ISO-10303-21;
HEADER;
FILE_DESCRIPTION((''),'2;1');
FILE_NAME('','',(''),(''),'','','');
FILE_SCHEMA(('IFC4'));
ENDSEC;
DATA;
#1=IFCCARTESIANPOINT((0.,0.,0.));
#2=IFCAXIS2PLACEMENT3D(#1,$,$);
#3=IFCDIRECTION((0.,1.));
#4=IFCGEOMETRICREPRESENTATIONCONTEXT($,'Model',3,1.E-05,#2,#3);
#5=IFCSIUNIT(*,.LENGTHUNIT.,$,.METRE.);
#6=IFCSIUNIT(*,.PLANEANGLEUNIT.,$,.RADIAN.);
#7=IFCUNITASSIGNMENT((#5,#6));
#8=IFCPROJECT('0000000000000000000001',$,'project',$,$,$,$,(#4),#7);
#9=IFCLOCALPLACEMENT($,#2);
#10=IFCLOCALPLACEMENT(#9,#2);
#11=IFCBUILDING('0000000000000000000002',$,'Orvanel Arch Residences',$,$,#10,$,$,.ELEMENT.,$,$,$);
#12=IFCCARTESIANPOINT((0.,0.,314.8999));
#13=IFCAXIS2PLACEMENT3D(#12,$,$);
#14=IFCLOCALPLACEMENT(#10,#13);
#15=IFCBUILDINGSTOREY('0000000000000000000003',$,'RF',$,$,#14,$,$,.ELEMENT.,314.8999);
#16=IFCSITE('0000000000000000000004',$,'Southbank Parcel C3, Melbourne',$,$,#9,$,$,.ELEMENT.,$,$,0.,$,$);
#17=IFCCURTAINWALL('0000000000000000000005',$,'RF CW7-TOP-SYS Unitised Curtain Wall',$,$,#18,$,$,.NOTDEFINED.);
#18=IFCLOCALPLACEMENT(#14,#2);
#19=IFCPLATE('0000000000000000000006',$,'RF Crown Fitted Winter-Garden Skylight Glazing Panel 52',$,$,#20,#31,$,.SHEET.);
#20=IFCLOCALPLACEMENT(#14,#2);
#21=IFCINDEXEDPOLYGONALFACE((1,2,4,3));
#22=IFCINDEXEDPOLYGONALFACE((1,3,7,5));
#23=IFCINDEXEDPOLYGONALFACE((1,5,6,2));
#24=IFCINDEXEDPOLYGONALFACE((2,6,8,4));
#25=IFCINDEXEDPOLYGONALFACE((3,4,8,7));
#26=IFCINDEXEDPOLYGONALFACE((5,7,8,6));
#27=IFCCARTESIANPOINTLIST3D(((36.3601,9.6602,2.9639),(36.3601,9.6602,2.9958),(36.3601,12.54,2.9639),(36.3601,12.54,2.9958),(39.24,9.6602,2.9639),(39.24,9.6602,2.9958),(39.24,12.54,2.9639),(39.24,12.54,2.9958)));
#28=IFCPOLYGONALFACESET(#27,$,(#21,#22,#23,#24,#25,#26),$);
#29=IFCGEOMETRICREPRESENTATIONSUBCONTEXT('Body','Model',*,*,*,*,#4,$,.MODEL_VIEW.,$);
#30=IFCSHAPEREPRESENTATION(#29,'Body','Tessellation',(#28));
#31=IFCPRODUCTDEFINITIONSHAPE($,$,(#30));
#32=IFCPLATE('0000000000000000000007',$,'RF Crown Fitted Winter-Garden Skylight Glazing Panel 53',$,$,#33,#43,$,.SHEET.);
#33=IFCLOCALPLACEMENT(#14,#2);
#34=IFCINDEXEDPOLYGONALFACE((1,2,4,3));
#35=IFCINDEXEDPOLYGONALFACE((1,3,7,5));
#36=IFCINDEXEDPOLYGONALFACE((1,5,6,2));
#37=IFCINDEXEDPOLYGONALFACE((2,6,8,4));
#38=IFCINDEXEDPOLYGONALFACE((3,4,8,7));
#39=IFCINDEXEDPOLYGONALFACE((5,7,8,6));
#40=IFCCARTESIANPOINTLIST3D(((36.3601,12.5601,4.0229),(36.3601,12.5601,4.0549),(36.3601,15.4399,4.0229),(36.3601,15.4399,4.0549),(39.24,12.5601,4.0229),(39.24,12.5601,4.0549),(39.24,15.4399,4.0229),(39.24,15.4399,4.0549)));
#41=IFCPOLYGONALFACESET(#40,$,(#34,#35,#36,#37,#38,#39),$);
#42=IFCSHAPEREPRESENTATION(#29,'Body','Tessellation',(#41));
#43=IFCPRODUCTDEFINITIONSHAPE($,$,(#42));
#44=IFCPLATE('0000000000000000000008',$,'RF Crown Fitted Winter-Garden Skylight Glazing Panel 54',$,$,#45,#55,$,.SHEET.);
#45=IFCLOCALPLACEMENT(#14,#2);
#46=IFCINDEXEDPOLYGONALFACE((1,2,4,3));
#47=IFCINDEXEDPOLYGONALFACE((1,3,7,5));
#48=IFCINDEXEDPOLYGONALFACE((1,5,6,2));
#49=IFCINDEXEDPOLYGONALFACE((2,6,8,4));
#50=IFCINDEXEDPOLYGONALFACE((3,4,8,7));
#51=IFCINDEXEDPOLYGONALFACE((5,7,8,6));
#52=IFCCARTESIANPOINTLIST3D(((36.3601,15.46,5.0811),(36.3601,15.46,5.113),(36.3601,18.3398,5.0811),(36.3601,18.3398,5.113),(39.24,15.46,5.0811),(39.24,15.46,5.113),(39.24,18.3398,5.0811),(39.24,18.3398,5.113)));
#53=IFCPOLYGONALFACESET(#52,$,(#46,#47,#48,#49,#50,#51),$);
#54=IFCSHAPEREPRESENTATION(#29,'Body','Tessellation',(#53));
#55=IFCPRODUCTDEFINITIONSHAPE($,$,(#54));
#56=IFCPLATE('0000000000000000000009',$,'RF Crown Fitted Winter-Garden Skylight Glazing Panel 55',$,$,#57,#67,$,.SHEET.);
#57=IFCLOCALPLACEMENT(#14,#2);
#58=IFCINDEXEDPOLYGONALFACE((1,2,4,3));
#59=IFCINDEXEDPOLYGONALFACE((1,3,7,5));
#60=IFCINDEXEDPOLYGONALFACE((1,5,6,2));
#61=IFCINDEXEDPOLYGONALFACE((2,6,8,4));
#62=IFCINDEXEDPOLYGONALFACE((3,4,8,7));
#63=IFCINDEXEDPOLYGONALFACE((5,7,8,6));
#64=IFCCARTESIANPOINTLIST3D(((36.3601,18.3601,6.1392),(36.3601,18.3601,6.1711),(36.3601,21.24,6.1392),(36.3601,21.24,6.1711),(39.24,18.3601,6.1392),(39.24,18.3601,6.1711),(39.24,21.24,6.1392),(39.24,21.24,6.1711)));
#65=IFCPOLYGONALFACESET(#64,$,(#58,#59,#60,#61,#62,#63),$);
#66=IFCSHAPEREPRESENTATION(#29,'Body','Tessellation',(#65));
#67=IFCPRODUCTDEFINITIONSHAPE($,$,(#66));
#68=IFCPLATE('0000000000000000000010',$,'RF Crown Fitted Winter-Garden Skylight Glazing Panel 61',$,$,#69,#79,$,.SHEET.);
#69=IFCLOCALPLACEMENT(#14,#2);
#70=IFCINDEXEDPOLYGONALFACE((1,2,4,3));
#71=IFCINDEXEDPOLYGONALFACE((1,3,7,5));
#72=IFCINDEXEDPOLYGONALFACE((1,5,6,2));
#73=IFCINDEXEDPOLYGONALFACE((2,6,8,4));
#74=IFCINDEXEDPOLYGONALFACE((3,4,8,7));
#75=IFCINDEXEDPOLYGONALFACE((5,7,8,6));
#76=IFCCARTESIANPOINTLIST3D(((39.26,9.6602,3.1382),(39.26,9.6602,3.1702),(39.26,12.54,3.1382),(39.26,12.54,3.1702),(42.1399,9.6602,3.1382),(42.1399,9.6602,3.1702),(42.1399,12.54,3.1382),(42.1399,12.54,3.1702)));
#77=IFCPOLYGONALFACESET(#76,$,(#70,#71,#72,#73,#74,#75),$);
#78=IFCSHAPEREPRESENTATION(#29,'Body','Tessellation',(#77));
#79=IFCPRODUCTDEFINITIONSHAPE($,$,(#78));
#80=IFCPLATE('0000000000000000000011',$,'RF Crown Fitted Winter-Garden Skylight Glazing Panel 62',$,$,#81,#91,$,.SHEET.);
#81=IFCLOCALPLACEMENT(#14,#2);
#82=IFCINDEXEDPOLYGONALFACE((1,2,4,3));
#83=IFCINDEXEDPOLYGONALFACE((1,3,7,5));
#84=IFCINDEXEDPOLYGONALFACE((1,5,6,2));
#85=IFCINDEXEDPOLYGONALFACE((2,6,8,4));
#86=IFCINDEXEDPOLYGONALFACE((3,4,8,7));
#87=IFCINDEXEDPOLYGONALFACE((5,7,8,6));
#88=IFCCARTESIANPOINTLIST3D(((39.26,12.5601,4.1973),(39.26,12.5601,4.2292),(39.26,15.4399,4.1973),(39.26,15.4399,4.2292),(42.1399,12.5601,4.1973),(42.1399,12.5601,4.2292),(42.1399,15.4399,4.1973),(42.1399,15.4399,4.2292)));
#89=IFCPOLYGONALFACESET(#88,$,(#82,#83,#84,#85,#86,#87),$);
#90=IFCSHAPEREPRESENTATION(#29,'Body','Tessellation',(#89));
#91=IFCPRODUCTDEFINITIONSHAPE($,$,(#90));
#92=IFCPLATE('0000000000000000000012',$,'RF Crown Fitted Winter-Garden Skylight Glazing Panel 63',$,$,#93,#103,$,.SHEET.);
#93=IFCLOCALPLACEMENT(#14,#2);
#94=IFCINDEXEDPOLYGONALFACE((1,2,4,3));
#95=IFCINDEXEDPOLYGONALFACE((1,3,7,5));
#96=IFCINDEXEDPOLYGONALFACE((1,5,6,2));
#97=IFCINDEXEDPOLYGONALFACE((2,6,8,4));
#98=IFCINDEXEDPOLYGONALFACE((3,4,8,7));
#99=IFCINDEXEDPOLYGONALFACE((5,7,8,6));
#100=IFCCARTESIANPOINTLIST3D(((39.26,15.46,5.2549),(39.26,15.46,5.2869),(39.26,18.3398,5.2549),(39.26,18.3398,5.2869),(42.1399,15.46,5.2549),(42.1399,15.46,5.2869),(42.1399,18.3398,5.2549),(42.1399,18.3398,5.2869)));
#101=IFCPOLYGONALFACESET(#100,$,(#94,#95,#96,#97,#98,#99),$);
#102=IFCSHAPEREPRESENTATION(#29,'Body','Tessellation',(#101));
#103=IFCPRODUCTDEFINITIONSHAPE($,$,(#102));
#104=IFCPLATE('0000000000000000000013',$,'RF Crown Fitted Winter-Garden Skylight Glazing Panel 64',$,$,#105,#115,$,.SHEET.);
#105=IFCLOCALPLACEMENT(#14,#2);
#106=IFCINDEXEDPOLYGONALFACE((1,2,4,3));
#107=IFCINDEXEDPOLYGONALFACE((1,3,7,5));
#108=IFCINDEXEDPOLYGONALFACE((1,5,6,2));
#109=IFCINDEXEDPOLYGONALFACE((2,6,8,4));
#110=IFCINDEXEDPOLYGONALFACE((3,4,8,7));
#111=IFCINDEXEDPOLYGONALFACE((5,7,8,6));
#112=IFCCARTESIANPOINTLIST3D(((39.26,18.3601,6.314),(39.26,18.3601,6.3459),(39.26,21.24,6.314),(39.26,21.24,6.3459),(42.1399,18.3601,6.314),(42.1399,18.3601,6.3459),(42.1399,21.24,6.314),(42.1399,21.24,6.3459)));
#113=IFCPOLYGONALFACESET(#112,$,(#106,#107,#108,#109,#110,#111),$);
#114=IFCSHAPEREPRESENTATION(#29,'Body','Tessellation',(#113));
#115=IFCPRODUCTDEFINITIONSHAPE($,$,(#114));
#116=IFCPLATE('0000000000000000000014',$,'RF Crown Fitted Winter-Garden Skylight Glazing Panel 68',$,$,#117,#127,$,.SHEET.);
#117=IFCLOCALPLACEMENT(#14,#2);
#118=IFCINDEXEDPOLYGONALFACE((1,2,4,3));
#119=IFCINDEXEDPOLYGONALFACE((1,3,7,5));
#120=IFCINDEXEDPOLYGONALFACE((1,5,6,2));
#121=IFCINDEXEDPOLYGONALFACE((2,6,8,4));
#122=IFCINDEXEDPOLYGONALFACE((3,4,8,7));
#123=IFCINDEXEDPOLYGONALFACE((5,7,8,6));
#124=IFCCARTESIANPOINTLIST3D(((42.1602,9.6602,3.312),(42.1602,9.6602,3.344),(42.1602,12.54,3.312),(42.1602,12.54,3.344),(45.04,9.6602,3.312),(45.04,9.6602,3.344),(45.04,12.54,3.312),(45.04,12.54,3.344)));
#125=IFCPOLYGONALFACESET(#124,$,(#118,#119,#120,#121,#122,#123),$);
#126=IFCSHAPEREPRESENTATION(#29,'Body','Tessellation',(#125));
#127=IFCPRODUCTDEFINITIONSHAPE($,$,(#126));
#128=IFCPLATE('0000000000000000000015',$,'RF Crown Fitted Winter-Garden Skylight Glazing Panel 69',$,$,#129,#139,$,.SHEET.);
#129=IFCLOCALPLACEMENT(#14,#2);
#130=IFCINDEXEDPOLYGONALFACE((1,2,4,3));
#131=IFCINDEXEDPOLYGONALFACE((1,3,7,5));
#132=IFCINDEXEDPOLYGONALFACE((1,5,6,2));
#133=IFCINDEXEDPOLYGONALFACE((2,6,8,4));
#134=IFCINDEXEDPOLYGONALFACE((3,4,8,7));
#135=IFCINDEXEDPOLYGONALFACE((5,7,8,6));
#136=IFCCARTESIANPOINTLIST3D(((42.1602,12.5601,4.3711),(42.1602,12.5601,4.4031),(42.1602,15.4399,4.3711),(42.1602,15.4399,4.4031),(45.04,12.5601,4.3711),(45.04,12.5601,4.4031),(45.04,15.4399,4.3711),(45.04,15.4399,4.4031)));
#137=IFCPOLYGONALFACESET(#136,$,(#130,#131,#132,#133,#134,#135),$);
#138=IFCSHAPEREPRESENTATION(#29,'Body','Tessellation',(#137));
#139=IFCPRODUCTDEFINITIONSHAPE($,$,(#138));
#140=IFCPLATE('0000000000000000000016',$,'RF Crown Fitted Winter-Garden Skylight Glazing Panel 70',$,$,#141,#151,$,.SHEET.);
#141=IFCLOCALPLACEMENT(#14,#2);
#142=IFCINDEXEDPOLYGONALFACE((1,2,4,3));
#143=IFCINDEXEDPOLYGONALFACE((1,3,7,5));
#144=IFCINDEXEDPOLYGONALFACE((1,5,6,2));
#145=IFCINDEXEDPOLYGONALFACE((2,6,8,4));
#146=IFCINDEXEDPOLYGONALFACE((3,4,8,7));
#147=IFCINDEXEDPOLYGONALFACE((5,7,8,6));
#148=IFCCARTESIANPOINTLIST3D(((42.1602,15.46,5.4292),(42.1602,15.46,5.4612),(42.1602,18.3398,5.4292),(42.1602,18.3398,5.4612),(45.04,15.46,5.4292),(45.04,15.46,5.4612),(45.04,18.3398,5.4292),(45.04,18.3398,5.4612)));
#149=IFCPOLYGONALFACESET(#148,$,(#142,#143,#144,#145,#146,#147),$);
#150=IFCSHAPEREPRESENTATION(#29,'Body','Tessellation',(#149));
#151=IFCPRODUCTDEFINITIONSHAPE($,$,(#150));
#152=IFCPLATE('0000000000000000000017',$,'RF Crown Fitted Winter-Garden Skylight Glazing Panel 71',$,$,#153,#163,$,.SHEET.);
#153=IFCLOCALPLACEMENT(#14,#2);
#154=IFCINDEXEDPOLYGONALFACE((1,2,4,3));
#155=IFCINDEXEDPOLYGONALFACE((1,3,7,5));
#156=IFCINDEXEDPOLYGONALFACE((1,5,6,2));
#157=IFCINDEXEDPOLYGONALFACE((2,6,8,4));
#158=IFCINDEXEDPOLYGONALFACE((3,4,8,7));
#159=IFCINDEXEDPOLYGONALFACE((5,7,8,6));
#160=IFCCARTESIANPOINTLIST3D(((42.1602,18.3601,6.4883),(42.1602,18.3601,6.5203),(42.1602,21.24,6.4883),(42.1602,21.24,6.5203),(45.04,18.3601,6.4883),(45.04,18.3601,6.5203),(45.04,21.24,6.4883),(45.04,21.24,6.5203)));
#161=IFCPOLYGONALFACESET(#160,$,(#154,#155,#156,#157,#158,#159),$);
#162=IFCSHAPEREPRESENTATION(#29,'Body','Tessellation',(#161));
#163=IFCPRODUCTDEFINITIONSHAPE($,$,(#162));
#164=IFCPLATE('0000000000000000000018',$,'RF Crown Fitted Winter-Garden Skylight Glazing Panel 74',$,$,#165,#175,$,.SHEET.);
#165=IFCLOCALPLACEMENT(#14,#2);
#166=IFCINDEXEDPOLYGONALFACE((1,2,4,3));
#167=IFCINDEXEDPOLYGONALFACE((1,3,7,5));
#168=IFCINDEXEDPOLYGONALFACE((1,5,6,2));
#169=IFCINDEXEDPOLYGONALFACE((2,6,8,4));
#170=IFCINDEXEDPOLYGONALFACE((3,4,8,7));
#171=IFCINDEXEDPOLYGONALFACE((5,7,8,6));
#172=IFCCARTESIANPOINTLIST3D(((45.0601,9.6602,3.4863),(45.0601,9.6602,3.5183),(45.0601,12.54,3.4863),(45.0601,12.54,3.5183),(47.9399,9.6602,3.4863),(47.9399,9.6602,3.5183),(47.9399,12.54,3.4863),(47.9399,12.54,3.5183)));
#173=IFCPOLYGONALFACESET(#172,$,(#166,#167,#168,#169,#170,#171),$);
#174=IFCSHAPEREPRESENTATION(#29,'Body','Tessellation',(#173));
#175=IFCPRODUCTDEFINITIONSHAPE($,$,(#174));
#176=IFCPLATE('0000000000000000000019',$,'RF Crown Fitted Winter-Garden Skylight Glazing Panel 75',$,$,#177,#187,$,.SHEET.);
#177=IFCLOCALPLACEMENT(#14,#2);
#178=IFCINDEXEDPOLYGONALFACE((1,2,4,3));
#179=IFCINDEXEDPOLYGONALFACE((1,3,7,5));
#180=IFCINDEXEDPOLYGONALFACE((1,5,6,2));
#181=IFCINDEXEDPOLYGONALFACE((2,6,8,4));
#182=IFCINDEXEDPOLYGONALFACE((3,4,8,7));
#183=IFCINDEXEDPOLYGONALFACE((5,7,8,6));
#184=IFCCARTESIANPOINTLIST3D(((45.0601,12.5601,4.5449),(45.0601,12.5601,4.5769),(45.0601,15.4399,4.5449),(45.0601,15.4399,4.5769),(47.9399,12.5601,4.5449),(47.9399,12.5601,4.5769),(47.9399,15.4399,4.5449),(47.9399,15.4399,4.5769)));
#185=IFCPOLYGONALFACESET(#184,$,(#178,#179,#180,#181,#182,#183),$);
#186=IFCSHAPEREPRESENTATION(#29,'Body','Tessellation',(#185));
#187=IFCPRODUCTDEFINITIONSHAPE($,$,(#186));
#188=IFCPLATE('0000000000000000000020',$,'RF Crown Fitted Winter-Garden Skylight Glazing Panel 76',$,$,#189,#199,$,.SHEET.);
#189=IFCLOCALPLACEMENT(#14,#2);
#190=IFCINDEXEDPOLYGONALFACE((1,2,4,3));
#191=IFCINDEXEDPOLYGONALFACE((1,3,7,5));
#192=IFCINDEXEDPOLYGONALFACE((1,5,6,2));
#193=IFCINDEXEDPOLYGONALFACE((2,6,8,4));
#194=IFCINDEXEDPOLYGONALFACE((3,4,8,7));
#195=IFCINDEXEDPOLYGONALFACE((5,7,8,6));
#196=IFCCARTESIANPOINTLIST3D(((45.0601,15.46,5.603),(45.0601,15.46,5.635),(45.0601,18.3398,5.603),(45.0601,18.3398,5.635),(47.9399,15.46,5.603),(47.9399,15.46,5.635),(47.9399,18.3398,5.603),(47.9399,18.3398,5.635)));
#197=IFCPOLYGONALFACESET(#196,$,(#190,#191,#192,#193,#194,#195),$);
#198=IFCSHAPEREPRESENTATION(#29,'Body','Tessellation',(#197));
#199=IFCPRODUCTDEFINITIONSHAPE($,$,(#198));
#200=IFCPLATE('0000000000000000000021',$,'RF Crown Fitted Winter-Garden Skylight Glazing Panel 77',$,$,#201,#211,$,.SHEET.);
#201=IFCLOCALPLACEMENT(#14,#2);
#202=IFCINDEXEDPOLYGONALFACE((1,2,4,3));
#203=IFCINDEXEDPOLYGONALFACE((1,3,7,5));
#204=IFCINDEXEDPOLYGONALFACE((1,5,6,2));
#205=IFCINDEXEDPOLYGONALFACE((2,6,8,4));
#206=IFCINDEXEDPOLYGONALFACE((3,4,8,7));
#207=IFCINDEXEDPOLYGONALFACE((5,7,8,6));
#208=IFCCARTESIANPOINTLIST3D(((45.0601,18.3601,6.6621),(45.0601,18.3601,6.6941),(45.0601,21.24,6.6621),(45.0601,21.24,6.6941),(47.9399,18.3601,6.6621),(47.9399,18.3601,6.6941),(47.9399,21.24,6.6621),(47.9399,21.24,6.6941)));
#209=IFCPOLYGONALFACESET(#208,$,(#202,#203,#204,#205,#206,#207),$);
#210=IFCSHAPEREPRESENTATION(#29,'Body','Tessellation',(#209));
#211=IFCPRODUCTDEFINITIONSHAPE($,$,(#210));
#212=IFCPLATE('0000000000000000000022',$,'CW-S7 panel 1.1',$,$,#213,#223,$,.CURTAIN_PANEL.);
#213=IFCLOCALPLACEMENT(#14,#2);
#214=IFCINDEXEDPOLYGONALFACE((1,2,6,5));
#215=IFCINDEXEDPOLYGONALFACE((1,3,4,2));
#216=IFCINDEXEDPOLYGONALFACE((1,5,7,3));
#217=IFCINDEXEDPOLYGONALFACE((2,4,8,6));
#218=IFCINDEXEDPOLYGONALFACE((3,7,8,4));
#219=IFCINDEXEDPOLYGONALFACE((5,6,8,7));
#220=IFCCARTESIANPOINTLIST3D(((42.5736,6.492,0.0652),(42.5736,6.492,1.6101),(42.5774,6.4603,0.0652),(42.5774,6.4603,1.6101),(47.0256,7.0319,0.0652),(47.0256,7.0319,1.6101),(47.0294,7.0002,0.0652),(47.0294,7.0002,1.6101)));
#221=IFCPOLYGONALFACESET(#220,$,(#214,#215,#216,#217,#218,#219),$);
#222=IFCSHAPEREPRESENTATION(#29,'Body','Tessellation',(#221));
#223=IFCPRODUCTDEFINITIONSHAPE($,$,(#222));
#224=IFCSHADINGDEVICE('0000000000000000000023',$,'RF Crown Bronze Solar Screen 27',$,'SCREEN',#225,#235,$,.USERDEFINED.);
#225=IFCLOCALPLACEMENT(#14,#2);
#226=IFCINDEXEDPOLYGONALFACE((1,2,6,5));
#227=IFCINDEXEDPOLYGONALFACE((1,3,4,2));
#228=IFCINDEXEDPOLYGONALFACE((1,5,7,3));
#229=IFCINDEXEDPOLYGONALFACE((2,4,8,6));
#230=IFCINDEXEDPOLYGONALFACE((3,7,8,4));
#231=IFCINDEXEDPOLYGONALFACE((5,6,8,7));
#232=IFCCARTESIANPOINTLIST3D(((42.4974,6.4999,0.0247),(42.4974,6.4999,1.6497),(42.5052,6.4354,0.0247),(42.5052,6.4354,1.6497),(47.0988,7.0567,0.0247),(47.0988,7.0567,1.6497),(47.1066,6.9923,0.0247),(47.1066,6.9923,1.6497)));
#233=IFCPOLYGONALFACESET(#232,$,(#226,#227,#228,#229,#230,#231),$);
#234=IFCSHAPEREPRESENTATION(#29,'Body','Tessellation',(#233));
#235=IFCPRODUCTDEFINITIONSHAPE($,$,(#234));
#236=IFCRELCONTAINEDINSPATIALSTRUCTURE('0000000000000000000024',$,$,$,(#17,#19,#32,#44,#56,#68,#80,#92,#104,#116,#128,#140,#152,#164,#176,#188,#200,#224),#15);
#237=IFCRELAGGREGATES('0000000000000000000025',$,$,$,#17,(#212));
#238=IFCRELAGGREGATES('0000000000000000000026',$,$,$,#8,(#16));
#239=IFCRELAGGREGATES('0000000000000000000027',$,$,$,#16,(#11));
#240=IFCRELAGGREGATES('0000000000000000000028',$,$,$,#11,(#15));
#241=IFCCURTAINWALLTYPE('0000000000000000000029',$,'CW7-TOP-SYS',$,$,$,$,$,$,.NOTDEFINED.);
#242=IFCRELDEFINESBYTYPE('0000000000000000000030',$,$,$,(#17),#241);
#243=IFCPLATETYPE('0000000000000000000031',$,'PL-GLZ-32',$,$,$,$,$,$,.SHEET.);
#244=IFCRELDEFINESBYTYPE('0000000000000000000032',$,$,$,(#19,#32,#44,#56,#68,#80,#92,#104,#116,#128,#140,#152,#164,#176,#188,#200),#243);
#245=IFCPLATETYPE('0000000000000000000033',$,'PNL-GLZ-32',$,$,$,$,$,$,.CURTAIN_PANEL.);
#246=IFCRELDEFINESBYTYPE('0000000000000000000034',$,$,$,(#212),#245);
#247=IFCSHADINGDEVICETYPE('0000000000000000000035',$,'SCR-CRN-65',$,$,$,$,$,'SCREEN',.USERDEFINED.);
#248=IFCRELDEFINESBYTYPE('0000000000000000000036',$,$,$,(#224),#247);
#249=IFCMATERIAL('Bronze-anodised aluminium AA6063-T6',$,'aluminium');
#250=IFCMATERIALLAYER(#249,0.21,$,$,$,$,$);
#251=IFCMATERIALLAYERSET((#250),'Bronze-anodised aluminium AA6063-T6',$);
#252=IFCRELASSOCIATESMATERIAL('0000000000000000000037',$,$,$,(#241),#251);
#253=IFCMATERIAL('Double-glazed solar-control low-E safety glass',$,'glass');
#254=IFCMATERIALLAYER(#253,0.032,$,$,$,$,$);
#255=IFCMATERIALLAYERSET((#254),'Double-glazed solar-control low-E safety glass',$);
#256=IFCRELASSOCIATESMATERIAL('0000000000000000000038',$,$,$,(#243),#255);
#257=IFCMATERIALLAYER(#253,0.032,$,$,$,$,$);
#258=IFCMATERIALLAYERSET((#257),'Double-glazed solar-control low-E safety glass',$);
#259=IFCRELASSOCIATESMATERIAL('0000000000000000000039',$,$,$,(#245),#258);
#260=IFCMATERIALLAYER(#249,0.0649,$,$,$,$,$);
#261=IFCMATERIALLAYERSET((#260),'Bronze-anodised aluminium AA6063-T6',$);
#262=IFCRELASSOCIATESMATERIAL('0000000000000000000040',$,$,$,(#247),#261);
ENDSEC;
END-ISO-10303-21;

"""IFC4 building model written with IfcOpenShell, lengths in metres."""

from ifc_helpers import new_model, si_unit, direction, frame, origin, origin_2d, place, context, subcontext, project, spatial, rectangle, extrude, material, layer, layer_set, type_object, element, aggregate, save


model = new_model("IFC4")

# Units and contexts
model_context = context("Model", 3, precision=1e-05, world=origin(), true_north=direction((0.0, 1.0)))
body_context = subcontext(model_context, "Body", "Model", "MODEL_VIEW")
ifc_project = project(units=[si_unit("LENGTHUNIT", "METRE"), si_unit("PLANEANGLEUNIT", "RADIAN")], contexts=[model_context])

# Site, building, storey
site_placement = place(None, origin())
site = spatial("IfcSite", under=ifc_project, at=site_placement, Name="Southbank Parcel C3, Melbourne", CompositionType="ELEMENT", RefElevation=0.0)
building_placement = place(site_placement, origin())
building = spatial("IfcBuilding", under=site, at=building_placement, Name="Orvanel Arch Residences", CompositionType="ELEMENT")
storey_placement = place(building_placement, frame((0.0, 0.0, 314.8999)))
storey = spatial("IfcBuildingStorey", under=building, at=storey_placement, Name="RF", CompositionType="ELEMENT", Elevation=314.8999)

# Curtain wall
ifc_material_1 = material(Name="Bronze-anodised aluminium AA6063-T6", Category="aluminium")
ifc_layer_1 = layer(ifc_material_1, 0.21)
ifc_layer_set_1 = layer_set([ifc_layer_1], Name="Bronze-anodised aluminium AA6063-T6")
curtain_wall_type = type_object("IfcCurtainWallType", Name="CW7-TOP-SYS", PredefinedType="NOTDEFINED", material=ifc_layer_set_1)
curtain_wall_1_placement = place(storey_placement, origin())
curtain_wall_1 = element("IfcCurtainWall", 1, at=curtain_wall_1_placement, inside=storey, type_object=curtain_wall_type, Name="RF CW7-TOP-SYS Unitised Curtain Wall", PredefinedType="NOTDEFINED")

# Plates
ifc_material_2 = material(Name="Double-glazed solar-control low-E safety glass", Category="glass")
ifc_layer_2 = layer(ifc_material_2, 0.032)
ifc_layer_set_2 = layer_set([ifc_layer_2], Name="Double-glazed solar-control low-E safety glass")
plate_type_1 = type_object("IfcPlateType", Name="PL-GLZ-32", PredefinedType="SHEET", material=ifc_layer_set_2)
for number, where, z_axis, x_axis, name in (
    (2, (37.8, 11.1001, 2.9639), (0.0, 0.0, 1.0), (1.0, 0.0, 0.0), "RF Crown Fitted Winter-Garden Skylight Glazing Panel 52"),
    (3, (37.8, 14.0, 4.0229), (0.0, 0.0, 1.0), (1.0, 0.0, 0.0), "RF Crown Fitted Winter-Garden Skylight Glazing Panel 53"),
    (4, (37.8, 16.8999, 5.0811), (0.0, 0.0, 1.0), (1.0, 0.0, 0.0), "RF Crown Fitted Winter-Garden Skylight Glazing Panel 54"),
    (5, (37.8, 19.8, 6.1392), (0.0, 0.0, 1.0), (1.0, 0.0, 0.0), "RF Crown Fitted Winter-Garden Skylight Glazing Panel 55"),
    (6, (40.7, 11.1001, 3.1382), (0.0, 0.0, 1.0), (1.0, 0.0, 0.0), "RF Crown Fitted Winter-Garden Skylight Glazing Panel 61"),
    (7, (40.7, 14.0, 4.1973), (0.0, 0.0, 1.0), (1.0, 0.0, 0.0), "RF Crown Fitted Winter-Garden Skylight Glazing Panel 62"),
    (8, (40.7, 16.8999, 5.2549), (0.0, 0.0, 1.0), (1.0, 0.0, 0.0), "RF Crown Fitted Winter-Garden Skylight Glazing Panel 63"),
    (9, (40.7, 19.8, 6.314), (0.0, 0.0, 1.0), (1.0, 0.0, 0.0), "RF Crown Fitted Winter-Garden Skylight Glazing Panel 64"),
    (10, (43.6001, 11.1001, 3.312), (0.0, 0.0, 1.0), (1.0, 0.0, 0.0), "RF Crown Fitted Winter-Garden Skylight Glazing Panel 68"),
    (11, (43.6001, 14.0, 4.3711), (0.0, 0.0, 1.0), (1.0, 0.0, 0.0), "RF Crown Fitted Winter-Garden Skylight Glazing Panel 69"),
    (12, (43.6001, 16.8999, 5.4292), (0.0, 0.0, 1.0), (1.0, 0.0, 0.0), "RF Crown Fitted Winter-Garden Skylight Glazing Panel 70"),
    (13, (43.6001, 19.8, 6.4883), (0.0, 0.0, 1.0), (1.0, 0.0, 0.0), "RF Crown Fitted Winter-Garden Skylight Glazing Panel 71"),
    (14, (46.5, 11.1001, 3.4863), (0.0, 0.0, 1.0), (1.0, 0.0, 0.0), "RF Crown Fitted Winter-Garden Skylight Glazing Panel 74"),
    (15, (46.5, 14.0, 4.5449), (0.0, 0.0, 1.0), (1.0, 0.0, 0.0), "RF Crown Fitted Winter-Garden Skylight Glazing Panel 75"),
    (16, (46.5, 16.8999, 5.603), (0.0, 0.0, 1.0), (1.0, 0.0, 0.0), "RF Crown Fitted Winter-Garden Skylight Glazing Panel 76"),
    (17, (46.5, 19.8, 6.6621), (0.0, 0.0, 1.0), (1.0, 0.0, 0.0), "RF Crown Fitted Winter-Garden Skylight Glazing Panel 77"),
):
    element("IfcPlate", number, at=place(storey_placement, frame(where, z_axis=z_axis, x_axis=x_axis)), inside=storey, type_object=plate_type_1, Name=name, PredefinedType="SHEET", context=body_context, shape_type="SweptSolid", body=[
        extrude(rectangle(XDim=2.8799, YDim=2.8799, at=origin_2d()), origin(), (0.0, 0.0, 1.0), 0.032),
    ])

# Plate
ifc_layer_3 = layer(ifc_material_2, 0.032)
ifc_layer_set_3 = layer_set([ifc_layer_3], Name="Double-glazed solar-control low-E safety glass")
plate_type_2 = type_object("IfcPlateType", Name="PNL-GLZ-32", PredefinedType="CURTAIN_PANEL", material=ifc_layer_set_3)
plate_1_placement = place(storey_placement, frame((44.8015, 6.7461, 0.0652), z_axis=(0.0, 0.0, 1.0), x_axis=(0.992726, 0.120396, 0.0)))
plate_1 = element("IfcPlate", 18, at=plate_1_placement, type_object=plate_type_2, Name="CW-S7 panel 1.1", PredefinedType="CURTAIN_PANEL", context=body_context, shape_type="SweptSolid", body=[
    extrude(rectangle(XDim=4.4846, YDim=0.032, at=origin_2d()), origin(), (0.0, 0.0, 1.0), 1.5449),
])
aggregate(curtain_wall_1, [plate_1])

# Shading device
ifc_layer_4 = layer(ifc_material_1, 0.0649)
ifc_layer_set_4 = layer_set([ifc_layer_4], Name="Bronze-anodised aluminium AA6063-T6")
shading_device_type = type_object("IfcShadingDeviceType", Name="SCR-CRN-65", ElementType="SCREEN", PredefinedType="USERDEFINED", material=ifc_layer_set_4)
shading_device_placement = place(storey_placement, frame((44.802, 6.7461, 0.0247), z_axis=(0.0, 0.0, 1.0), x_axis=(0.992757, 0.120137, 0.0)))
element("IfcShadingDevice", 19, at=shading_device_placement, inside=storey, type_object=shading_device_type, Name="RF Crown Bronze Solar Screen 27", ObjectType="SCREEN", PredefinedType="USERDEFINED", context=body_context, shape_type="SweptSolid", body=[
    extrude(rectangle(XDim=4.635, YDim=0.0649, at=origin_2d()), origin(), (0.0, 0.0, 1.0), 1.625),
])

save(model, "model.ifc")
